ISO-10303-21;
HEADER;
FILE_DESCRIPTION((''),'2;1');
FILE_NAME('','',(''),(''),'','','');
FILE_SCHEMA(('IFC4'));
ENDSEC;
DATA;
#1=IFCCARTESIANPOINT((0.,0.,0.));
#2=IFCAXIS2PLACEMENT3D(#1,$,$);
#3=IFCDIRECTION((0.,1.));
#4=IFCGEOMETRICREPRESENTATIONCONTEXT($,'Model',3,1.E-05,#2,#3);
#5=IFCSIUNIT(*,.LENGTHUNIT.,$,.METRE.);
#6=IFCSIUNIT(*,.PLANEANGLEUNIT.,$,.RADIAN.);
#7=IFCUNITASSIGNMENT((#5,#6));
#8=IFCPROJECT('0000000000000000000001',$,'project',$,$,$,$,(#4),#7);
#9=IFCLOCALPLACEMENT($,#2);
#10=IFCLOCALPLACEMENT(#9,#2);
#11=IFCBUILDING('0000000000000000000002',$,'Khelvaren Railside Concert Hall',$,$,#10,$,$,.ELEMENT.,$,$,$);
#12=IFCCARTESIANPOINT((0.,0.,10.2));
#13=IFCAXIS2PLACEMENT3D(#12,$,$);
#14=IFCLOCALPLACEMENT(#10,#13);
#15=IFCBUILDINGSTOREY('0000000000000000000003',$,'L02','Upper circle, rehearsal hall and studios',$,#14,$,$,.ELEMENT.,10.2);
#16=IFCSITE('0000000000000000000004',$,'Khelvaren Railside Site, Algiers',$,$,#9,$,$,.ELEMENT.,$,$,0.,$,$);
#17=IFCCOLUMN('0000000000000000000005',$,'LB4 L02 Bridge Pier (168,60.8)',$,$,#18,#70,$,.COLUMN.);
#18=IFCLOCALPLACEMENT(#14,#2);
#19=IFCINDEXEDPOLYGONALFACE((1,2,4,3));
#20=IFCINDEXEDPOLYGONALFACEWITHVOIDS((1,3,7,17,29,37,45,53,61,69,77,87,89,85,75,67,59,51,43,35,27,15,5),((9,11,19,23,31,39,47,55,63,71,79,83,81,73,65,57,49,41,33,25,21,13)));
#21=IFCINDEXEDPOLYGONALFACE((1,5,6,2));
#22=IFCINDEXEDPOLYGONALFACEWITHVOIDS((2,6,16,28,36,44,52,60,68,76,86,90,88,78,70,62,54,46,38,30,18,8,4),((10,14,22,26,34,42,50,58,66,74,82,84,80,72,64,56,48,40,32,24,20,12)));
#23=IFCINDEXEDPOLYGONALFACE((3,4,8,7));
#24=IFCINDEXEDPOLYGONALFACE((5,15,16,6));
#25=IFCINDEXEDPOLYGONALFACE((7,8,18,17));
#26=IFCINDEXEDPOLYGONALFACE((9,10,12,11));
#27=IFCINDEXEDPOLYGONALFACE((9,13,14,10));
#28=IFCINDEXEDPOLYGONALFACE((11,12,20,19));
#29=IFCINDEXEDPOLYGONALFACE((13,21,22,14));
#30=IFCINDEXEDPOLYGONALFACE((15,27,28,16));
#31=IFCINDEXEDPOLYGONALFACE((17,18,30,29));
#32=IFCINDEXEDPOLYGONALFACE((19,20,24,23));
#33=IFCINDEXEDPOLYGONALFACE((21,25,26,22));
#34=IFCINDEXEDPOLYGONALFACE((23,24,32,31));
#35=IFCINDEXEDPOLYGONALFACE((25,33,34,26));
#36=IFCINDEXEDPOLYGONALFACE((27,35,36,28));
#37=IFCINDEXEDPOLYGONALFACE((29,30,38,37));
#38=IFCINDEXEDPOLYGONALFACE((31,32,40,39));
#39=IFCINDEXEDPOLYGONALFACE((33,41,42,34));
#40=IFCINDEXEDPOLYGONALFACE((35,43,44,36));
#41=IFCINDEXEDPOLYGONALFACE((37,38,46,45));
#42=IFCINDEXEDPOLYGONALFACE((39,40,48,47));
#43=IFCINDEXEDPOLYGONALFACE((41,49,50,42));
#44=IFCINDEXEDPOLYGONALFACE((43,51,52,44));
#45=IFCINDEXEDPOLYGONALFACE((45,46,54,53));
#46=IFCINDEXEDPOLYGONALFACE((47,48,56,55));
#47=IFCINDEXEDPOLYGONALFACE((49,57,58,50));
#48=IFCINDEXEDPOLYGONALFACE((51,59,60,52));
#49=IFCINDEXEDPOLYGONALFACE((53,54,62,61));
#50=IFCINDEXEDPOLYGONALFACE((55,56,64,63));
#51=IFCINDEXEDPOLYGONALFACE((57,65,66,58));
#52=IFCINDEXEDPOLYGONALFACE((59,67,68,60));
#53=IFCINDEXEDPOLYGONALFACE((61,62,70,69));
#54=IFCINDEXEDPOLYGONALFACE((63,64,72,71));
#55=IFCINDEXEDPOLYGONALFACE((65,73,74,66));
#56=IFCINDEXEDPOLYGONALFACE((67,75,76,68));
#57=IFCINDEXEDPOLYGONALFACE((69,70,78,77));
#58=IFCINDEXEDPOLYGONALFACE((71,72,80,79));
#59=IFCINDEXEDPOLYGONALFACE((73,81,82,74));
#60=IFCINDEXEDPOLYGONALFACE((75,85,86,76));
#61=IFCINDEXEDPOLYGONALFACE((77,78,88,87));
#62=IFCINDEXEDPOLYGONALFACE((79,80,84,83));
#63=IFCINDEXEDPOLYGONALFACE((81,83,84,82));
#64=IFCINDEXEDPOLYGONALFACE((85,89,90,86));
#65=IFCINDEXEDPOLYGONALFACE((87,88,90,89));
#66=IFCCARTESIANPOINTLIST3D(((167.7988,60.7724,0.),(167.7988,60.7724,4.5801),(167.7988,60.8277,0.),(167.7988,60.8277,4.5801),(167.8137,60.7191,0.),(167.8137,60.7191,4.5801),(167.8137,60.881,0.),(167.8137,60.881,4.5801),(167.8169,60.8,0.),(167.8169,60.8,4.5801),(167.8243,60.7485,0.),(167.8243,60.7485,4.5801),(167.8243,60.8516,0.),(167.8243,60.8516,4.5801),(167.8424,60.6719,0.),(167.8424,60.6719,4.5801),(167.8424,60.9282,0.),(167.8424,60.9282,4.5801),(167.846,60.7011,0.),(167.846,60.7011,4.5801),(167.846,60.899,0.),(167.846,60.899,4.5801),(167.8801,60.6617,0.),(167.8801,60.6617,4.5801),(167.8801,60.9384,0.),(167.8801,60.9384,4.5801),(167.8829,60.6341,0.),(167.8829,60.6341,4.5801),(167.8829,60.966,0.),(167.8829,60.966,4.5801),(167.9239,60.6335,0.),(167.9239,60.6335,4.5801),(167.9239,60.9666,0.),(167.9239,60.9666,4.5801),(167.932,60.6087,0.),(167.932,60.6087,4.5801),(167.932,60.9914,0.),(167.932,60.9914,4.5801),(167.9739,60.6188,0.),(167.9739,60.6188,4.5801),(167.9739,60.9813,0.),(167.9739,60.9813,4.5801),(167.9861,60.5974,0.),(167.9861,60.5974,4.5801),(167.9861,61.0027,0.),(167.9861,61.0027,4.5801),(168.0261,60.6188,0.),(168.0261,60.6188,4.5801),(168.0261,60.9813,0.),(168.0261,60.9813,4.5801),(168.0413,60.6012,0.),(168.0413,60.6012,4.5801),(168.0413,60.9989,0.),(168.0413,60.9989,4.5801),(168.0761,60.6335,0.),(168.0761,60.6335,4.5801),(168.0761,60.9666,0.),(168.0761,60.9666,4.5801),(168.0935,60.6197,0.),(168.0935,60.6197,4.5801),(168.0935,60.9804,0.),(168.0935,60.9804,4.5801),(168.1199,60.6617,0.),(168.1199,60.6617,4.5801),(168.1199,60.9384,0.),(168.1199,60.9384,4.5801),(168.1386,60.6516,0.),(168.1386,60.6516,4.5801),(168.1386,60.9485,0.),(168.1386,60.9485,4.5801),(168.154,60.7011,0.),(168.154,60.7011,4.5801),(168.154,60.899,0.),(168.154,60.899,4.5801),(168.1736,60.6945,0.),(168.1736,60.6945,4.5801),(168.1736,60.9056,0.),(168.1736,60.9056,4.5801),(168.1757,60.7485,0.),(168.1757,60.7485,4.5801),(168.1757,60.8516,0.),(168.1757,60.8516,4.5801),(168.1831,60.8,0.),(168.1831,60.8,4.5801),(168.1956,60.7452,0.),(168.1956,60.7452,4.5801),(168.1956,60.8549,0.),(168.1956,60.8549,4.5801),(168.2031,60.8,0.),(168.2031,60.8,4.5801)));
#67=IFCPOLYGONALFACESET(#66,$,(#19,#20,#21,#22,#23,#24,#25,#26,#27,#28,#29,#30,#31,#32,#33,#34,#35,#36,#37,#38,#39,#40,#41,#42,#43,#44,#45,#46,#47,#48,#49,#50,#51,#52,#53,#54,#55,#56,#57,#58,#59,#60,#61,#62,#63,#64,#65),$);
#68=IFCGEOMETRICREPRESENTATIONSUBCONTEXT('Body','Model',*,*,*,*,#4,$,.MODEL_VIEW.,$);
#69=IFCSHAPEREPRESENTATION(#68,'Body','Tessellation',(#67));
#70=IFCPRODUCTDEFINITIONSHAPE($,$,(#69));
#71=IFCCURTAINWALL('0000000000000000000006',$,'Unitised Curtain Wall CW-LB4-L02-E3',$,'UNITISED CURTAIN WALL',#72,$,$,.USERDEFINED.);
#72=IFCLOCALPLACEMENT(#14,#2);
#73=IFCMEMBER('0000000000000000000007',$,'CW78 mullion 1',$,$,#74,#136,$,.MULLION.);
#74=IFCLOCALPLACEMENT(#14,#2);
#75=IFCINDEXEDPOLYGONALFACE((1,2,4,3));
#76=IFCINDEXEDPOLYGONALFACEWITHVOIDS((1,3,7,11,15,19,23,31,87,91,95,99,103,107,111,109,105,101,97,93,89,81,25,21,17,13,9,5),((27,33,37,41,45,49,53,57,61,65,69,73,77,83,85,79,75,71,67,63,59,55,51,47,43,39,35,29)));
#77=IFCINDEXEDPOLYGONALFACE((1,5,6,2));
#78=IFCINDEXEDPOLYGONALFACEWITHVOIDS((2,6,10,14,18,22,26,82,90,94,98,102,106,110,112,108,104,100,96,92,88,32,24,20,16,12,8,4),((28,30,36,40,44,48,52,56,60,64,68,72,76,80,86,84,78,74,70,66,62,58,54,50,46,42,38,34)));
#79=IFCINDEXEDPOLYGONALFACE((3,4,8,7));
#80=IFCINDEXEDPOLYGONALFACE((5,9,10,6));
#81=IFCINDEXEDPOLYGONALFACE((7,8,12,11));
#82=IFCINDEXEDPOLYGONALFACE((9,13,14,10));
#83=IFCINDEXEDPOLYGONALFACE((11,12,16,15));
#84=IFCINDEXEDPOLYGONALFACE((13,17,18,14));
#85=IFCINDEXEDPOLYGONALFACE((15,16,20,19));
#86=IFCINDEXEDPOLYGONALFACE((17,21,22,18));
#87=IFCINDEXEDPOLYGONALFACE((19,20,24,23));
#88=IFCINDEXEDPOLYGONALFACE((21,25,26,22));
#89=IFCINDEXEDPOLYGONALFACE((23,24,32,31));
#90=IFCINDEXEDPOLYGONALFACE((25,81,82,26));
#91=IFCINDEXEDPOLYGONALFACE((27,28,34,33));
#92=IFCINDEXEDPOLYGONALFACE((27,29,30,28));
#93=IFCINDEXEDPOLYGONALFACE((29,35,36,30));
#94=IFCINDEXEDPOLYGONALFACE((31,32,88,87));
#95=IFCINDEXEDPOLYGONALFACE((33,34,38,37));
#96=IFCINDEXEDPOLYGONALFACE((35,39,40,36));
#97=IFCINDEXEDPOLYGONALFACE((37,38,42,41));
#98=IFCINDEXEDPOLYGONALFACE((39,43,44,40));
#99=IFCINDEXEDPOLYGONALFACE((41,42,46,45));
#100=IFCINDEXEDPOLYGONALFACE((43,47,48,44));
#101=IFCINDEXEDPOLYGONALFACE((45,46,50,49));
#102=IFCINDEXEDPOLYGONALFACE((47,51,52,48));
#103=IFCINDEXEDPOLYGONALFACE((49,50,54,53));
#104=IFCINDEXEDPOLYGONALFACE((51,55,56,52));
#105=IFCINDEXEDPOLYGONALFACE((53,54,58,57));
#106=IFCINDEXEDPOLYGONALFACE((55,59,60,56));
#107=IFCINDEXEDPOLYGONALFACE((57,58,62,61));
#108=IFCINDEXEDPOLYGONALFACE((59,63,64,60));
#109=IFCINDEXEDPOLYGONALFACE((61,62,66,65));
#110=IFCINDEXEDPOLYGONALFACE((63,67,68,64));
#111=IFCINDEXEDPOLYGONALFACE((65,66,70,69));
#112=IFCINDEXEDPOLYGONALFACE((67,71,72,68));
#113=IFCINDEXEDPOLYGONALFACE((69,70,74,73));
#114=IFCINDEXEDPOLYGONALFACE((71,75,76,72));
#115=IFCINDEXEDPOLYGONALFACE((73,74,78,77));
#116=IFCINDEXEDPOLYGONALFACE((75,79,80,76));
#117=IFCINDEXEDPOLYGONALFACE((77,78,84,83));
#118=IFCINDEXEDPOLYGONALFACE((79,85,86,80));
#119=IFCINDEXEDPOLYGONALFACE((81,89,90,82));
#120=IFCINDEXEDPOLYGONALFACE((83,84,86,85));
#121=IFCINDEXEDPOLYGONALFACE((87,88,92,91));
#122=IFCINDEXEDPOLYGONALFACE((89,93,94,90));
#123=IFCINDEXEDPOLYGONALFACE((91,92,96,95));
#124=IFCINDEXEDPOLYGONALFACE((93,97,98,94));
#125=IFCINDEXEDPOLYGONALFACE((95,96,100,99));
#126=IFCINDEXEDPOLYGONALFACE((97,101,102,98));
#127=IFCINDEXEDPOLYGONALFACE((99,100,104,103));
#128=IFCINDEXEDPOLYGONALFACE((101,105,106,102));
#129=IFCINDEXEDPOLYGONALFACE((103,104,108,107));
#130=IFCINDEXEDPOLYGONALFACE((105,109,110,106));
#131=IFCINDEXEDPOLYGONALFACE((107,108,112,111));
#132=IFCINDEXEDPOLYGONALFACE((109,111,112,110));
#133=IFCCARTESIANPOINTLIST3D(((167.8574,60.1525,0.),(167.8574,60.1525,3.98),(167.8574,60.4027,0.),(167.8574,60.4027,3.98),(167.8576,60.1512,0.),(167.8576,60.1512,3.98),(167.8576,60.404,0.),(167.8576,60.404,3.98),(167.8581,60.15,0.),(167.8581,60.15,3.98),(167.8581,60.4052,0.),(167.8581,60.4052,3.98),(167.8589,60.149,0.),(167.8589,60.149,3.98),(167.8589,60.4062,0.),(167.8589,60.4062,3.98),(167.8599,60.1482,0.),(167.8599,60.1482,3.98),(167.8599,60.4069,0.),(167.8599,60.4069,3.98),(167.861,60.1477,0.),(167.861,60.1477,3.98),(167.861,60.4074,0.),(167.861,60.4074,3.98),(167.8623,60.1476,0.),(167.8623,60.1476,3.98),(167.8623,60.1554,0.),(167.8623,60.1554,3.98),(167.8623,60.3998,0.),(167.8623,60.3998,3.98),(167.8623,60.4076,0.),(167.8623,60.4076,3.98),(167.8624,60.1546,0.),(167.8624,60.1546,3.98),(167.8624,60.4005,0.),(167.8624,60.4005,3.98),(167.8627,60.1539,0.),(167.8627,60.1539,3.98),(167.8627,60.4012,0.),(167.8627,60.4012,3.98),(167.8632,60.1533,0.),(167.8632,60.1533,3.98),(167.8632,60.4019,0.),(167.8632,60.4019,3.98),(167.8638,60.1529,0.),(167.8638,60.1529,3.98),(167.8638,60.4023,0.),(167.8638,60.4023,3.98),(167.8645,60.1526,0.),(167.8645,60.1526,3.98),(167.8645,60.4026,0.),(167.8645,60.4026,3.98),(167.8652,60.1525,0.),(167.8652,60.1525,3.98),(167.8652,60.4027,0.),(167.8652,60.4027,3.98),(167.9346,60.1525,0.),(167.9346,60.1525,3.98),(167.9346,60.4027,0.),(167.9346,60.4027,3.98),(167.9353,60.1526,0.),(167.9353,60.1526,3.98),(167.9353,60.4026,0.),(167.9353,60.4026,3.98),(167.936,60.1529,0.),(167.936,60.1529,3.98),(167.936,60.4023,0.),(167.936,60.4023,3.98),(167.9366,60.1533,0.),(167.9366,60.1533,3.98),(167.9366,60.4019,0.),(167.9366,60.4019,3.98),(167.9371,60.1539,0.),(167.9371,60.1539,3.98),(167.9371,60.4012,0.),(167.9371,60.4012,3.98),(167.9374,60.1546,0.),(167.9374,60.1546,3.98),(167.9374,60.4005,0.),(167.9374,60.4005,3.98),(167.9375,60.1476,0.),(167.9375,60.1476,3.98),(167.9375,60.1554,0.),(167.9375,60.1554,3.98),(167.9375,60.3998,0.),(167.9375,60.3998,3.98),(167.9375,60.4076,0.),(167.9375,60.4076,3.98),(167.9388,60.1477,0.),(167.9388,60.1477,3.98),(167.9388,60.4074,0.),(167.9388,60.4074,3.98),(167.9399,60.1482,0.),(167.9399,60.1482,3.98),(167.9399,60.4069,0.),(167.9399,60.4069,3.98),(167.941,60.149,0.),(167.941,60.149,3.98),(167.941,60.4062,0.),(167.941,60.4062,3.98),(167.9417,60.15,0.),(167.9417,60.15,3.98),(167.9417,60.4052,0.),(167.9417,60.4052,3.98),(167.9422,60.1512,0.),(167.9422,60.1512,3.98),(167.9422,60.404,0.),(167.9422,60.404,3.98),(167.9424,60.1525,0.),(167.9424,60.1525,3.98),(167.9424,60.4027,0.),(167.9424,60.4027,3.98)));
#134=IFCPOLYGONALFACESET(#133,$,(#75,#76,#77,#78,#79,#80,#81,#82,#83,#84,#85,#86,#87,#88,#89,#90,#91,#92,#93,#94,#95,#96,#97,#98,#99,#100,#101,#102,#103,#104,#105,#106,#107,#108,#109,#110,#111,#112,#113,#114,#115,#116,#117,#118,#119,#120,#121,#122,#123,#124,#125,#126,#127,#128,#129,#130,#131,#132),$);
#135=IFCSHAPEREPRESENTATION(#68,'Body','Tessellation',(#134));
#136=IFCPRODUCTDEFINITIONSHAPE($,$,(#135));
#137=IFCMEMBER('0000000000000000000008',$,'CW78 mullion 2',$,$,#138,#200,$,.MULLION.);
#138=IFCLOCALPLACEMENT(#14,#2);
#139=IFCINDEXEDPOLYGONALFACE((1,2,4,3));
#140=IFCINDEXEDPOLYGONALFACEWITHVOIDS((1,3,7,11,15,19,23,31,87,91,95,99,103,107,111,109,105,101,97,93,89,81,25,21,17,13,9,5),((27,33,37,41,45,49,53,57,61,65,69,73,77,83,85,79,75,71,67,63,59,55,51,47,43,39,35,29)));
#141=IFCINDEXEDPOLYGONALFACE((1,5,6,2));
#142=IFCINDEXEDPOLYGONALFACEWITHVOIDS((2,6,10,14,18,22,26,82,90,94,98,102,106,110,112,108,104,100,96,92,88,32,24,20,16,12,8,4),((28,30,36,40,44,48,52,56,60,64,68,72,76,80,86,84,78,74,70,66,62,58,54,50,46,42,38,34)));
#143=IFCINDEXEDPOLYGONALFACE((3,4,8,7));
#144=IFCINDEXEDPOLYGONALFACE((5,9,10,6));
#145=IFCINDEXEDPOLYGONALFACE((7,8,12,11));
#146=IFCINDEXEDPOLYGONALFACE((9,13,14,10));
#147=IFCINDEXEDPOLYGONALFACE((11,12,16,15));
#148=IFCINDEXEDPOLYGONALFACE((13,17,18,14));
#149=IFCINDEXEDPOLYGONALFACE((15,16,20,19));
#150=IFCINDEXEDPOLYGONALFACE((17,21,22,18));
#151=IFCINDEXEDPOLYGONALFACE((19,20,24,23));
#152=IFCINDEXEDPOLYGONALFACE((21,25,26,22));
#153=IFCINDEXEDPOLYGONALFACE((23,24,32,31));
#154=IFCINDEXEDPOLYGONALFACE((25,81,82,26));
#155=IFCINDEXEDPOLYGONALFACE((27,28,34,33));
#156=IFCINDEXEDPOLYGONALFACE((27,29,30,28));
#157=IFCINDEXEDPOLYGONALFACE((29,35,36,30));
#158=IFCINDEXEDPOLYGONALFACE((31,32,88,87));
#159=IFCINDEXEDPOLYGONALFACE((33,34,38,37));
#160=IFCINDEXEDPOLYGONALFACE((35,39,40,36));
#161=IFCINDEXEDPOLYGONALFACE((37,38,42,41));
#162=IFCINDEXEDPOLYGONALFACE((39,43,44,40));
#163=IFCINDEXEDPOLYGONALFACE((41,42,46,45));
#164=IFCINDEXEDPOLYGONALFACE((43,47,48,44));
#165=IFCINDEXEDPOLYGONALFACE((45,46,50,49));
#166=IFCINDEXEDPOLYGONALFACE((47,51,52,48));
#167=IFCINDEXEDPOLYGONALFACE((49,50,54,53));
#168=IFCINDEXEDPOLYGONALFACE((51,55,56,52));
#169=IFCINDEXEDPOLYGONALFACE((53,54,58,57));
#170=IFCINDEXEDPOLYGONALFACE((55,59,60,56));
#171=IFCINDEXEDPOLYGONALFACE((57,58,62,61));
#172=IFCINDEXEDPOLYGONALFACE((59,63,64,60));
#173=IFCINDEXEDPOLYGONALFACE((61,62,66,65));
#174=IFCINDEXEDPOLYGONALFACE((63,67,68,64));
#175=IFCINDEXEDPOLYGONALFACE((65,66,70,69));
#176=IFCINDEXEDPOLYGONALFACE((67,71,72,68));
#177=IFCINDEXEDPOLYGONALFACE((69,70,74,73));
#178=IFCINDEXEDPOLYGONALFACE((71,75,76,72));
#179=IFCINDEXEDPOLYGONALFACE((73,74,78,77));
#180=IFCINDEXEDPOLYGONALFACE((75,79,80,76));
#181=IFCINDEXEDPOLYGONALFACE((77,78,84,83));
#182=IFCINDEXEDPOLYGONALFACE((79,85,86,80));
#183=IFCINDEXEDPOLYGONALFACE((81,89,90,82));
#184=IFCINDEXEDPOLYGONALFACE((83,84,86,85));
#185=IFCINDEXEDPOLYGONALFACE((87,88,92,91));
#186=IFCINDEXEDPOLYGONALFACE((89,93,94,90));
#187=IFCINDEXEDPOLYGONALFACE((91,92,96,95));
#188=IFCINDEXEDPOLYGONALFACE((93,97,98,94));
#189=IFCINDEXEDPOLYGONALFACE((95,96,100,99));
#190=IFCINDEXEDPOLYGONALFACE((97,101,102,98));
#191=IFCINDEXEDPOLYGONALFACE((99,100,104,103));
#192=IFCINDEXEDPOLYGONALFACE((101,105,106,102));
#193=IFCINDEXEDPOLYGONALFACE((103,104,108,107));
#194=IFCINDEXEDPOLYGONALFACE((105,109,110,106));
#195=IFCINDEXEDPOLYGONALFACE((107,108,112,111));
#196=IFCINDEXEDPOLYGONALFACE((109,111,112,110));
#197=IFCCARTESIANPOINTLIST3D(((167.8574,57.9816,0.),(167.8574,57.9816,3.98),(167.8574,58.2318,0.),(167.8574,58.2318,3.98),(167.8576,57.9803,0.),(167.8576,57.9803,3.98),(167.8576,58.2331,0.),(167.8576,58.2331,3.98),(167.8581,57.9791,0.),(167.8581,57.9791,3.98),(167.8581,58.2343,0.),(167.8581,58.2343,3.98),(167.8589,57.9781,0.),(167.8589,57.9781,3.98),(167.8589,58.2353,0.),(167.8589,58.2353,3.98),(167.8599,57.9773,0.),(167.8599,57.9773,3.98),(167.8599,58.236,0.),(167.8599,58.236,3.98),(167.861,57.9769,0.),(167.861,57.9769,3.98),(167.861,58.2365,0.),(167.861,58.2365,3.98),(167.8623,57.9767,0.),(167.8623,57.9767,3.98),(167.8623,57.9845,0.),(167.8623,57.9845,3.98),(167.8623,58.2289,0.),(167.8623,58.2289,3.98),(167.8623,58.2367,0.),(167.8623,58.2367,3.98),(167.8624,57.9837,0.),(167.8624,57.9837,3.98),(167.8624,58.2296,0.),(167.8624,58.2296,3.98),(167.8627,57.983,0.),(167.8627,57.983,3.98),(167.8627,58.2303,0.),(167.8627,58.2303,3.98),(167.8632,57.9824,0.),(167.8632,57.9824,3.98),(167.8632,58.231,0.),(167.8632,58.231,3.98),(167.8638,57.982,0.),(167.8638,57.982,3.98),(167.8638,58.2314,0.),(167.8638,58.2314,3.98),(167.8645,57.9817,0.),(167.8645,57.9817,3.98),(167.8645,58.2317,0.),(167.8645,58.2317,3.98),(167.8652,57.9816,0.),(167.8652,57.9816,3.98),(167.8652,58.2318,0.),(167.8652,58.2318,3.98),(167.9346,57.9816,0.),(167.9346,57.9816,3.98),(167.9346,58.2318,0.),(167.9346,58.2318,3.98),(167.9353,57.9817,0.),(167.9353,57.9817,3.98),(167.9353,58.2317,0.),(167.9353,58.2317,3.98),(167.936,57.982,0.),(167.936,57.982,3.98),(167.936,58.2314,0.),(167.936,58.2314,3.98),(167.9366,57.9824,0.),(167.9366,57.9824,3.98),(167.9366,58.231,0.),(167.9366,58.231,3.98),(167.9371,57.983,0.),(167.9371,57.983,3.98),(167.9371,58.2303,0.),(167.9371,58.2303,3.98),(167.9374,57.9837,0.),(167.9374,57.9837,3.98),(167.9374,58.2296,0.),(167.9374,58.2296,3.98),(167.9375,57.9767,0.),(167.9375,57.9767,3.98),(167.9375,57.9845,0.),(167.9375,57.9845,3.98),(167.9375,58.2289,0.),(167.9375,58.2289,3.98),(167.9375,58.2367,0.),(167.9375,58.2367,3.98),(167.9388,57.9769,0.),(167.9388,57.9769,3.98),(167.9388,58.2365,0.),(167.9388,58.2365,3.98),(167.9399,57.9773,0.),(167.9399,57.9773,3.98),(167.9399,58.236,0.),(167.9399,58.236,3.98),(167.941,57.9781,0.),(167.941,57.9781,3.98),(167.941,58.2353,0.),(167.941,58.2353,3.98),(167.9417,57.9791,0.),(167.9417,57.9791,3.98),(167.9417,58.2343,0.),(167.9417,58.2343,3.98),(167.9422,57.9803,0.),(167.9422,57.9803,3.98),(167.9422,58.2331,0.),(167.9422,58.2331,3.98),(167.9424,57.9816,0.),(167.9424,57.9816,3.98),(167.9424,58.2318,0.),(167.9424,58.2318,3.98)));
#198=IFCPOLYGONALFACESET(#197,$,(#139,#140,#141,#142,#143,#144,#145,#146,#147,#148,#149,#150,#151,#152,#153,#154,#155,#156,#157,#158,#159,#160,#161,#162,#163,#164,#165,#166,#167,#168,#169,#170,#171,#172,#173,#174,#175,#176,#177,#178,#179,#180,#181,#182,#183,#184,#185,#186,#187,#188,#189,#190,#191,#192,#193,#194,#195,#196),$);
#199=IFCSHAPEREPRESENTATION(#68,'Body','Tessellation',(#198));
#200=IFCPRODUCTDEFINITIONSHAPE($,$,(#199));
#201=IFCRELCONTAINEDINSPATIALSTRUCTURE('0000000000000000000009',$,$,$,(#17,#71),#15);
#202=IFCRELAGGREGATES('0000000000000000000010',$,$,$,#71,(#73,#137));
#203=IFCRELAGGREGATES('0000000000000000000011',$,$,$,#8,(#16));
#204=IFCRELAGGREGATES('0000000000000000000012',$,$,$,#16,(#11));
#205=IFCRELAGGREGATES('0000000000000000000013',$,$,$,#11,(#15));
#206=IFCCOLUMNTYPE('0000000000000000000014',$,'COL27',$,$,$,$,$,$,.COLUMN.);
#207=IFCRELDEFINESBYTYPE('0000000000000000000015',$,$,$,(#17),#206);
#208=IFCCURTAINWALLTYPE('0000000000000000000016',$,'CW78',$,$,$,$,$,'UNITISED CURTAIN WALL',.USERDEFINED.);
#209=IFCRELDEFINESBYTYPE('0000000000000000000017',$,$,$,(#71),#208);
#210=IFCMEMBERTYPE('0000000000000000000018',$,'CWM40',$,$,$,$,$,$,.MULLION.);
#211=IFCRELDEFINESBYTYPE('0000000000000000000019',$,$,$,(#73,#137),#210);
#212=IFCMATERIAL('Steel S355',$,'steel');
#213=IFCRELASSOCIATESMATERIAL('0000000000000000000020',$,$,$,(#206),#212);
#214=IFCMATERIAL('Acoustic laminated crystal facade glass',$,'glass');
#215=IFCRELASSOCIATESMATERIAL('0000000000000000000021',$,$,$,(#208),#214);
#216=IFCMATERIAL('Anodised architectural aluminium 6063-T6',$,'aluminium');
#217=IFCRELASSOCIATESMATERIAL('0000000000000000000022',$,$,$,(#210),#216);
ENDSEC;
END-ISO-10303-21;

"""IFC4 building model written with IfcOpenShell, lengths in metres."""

from ifc_helpers import new_model, si_unit, direction, frame, origin, origin_2d, place, context, subcontext, project, spatial, hollow_rectangle, hollow_circle, extrude, material, material_profile, profile_set, type_object, element, aggregate, save


model = new_model("IFC4")

# Units and contexts
model_context = context("Model", 3, precision=1e-05, world=origin(), true_north=direction((0.0, 1.0)))
body_context = subcontext(model_context, "Body", "Model", "MODEL_VIEW")
ifc_project = project(units=[si_unit("LENGTHUNIT", "METRE"), si_unit("PLANEANGLEUNIT", "RADIAN")], contexts=[model_context])

# Site, building, storey
site_placement = place(None, origin())
site = spatial("IfcSite", under=ifc_project, at=site_placement, Name="Khelvaren Railside Site, Algiers", CompositionType="ELEMENT", RefElevation=0.0)
building_placement = place(site_placement, origin())
building = spatial("IfcBuilding", under=site, at=building_placement, Name="Khelvaren Railside Concert Hall", CompositionType="ELEMENT")
storey_placement = place(building_placement, frame((0.0, 0.0, 10.2)))
storey = spatial("IfcBuildingStorey", under=building, at=storey_placement, Name="L02", Description="Upper circle, rehearsal hall and studios", CompositionType="ELEMENT", Elevation=10.2)

# Column
ifc_material_1 = material(Name="Steel S355", Category="steel")
ifc_material_profile_1 = material_profile(ifc_material_1, hollow_circle(Radius=0.2031, WallThickness=0.02, at=origin_2d()), Name="CHS 406.4x20")
ifc_profile_set_1 = profile_set([ifc_material_profile_1], Name="Steel S355")
column_type = type_object("IfcColumnType", Name="COL27", PredefinedType="COLUMN", material=ifc_profile_set_1)
column_placement = place(storey_placement, frame((168.0, 60.8, 0.0), z_axis=(0.0, 0.0, 1.0), x_axis=(1.0, 0.0, 0.0)))
element("IfcColumn", 1, at=column_placement, inside=storey, type_object=column_type, Name="LB4 L02 Bridge Pier (168,60.8)", PredefinedType="COLUMN", context=body_context, shape_type="SweptSolid", body=[
    extrude(hollow_circle(Radius=0.2031, WallThickness=0.02, at=origin_2d()), origin(), (0.0, 0.0, 1.0), 4.5801),
])

# Curtain wall, members
ifc_material_2 = material(Name="Acoustic laminated crystal facade glass", Category="glass")
curtain_wall_type = type_object("IfcCurtainWallType", Name="CW78", ElementType="UNITISED CURTAIN WALL", PredefinedType="USERDEFINED", material=ifc_material_2)
curtain_wall_1_placement = place(storey_placement, origin())
curtain_wall_1 = element("IfcCurtainWall", 2, at=curtain_wall_1_placement, inside=storey, type_object=curtain_wall_type, Name="Unitised Curtain Wall CW-LB4-L02-E3", ObjectType="UNITISED CURTAIN WALL", PredefinedType="USERDEFINED")
ifc_material_3 = material(Name="Anodised architectural aluminium 6063-T6", Category="aluminium")
ifc_material_profile_2 = material_profile(ifc_material_3, hollow_rectangle(XDim=0.085, YDim=0.26, WallThickness=0.0049, InnerFilletRadius=0.0029, OuterFilletRadius=0.0049, at=origin_2d()), Name="CWM 85x260x5")
ifc_profile_set_2 = profile_set([ifc_material_profile_2], Name="Anodised architectural aluminium 6063-T6")
member_type_1 = type_object("IfcMemberType", Name="CWM40", PredefinedType="MULLION", material=ifc_profile_set_2)
member_1_placement = place(storey_placement, frame((167.8999, 60.2776, 0.0), z_axis=(0.0, 0.0, 1.0), x_axis=(1.0, 0.0, 0.0)))
member_1 = element("IfcMember", 3, at=member_1_placement, type_object=member_type_1, Name="CW78 mullion 1", PredefinedType="MULLION", context=body_context, shape_type="SweptSolid", body=[
    extrude(hollow_rectangle(XDim=0.085, YDim=0.26, WallThickness=0.0049, InnerFilletRadius=0.0029, OuterFilletRadius=0.0049, at=origin_2d()), origin(), (0.0, 0.0, 1.0), 3.98),
])
member_2_placement = place(storey_placement, frame((167.8999, 58.1067, 0.0), z_axis=(0.0, 0.0, 1.0), x_axis=(1.0, 0.0, 0.0)))
member_2 = element("IfcMember", 4, at=member_2_placement, type_object=member_type_1, Name="CW78 mullion 2", PredefinedType="MULLION", context=body_context, shape_type="SweptSolid", body=[
    extrude(hollow_rectangle(XDim=0.085, YDim=0.26, WallThickness=0.0049, InnerFilletRadius=0.0029, OuterFilletRadius=0.0049, at=origin_2d()), origin(), (0.0, 0.0, 1.0), 3.98),
])

aggregate(curtain_wall_1, [member_1, member_2])

save(model, "model.ifc")
